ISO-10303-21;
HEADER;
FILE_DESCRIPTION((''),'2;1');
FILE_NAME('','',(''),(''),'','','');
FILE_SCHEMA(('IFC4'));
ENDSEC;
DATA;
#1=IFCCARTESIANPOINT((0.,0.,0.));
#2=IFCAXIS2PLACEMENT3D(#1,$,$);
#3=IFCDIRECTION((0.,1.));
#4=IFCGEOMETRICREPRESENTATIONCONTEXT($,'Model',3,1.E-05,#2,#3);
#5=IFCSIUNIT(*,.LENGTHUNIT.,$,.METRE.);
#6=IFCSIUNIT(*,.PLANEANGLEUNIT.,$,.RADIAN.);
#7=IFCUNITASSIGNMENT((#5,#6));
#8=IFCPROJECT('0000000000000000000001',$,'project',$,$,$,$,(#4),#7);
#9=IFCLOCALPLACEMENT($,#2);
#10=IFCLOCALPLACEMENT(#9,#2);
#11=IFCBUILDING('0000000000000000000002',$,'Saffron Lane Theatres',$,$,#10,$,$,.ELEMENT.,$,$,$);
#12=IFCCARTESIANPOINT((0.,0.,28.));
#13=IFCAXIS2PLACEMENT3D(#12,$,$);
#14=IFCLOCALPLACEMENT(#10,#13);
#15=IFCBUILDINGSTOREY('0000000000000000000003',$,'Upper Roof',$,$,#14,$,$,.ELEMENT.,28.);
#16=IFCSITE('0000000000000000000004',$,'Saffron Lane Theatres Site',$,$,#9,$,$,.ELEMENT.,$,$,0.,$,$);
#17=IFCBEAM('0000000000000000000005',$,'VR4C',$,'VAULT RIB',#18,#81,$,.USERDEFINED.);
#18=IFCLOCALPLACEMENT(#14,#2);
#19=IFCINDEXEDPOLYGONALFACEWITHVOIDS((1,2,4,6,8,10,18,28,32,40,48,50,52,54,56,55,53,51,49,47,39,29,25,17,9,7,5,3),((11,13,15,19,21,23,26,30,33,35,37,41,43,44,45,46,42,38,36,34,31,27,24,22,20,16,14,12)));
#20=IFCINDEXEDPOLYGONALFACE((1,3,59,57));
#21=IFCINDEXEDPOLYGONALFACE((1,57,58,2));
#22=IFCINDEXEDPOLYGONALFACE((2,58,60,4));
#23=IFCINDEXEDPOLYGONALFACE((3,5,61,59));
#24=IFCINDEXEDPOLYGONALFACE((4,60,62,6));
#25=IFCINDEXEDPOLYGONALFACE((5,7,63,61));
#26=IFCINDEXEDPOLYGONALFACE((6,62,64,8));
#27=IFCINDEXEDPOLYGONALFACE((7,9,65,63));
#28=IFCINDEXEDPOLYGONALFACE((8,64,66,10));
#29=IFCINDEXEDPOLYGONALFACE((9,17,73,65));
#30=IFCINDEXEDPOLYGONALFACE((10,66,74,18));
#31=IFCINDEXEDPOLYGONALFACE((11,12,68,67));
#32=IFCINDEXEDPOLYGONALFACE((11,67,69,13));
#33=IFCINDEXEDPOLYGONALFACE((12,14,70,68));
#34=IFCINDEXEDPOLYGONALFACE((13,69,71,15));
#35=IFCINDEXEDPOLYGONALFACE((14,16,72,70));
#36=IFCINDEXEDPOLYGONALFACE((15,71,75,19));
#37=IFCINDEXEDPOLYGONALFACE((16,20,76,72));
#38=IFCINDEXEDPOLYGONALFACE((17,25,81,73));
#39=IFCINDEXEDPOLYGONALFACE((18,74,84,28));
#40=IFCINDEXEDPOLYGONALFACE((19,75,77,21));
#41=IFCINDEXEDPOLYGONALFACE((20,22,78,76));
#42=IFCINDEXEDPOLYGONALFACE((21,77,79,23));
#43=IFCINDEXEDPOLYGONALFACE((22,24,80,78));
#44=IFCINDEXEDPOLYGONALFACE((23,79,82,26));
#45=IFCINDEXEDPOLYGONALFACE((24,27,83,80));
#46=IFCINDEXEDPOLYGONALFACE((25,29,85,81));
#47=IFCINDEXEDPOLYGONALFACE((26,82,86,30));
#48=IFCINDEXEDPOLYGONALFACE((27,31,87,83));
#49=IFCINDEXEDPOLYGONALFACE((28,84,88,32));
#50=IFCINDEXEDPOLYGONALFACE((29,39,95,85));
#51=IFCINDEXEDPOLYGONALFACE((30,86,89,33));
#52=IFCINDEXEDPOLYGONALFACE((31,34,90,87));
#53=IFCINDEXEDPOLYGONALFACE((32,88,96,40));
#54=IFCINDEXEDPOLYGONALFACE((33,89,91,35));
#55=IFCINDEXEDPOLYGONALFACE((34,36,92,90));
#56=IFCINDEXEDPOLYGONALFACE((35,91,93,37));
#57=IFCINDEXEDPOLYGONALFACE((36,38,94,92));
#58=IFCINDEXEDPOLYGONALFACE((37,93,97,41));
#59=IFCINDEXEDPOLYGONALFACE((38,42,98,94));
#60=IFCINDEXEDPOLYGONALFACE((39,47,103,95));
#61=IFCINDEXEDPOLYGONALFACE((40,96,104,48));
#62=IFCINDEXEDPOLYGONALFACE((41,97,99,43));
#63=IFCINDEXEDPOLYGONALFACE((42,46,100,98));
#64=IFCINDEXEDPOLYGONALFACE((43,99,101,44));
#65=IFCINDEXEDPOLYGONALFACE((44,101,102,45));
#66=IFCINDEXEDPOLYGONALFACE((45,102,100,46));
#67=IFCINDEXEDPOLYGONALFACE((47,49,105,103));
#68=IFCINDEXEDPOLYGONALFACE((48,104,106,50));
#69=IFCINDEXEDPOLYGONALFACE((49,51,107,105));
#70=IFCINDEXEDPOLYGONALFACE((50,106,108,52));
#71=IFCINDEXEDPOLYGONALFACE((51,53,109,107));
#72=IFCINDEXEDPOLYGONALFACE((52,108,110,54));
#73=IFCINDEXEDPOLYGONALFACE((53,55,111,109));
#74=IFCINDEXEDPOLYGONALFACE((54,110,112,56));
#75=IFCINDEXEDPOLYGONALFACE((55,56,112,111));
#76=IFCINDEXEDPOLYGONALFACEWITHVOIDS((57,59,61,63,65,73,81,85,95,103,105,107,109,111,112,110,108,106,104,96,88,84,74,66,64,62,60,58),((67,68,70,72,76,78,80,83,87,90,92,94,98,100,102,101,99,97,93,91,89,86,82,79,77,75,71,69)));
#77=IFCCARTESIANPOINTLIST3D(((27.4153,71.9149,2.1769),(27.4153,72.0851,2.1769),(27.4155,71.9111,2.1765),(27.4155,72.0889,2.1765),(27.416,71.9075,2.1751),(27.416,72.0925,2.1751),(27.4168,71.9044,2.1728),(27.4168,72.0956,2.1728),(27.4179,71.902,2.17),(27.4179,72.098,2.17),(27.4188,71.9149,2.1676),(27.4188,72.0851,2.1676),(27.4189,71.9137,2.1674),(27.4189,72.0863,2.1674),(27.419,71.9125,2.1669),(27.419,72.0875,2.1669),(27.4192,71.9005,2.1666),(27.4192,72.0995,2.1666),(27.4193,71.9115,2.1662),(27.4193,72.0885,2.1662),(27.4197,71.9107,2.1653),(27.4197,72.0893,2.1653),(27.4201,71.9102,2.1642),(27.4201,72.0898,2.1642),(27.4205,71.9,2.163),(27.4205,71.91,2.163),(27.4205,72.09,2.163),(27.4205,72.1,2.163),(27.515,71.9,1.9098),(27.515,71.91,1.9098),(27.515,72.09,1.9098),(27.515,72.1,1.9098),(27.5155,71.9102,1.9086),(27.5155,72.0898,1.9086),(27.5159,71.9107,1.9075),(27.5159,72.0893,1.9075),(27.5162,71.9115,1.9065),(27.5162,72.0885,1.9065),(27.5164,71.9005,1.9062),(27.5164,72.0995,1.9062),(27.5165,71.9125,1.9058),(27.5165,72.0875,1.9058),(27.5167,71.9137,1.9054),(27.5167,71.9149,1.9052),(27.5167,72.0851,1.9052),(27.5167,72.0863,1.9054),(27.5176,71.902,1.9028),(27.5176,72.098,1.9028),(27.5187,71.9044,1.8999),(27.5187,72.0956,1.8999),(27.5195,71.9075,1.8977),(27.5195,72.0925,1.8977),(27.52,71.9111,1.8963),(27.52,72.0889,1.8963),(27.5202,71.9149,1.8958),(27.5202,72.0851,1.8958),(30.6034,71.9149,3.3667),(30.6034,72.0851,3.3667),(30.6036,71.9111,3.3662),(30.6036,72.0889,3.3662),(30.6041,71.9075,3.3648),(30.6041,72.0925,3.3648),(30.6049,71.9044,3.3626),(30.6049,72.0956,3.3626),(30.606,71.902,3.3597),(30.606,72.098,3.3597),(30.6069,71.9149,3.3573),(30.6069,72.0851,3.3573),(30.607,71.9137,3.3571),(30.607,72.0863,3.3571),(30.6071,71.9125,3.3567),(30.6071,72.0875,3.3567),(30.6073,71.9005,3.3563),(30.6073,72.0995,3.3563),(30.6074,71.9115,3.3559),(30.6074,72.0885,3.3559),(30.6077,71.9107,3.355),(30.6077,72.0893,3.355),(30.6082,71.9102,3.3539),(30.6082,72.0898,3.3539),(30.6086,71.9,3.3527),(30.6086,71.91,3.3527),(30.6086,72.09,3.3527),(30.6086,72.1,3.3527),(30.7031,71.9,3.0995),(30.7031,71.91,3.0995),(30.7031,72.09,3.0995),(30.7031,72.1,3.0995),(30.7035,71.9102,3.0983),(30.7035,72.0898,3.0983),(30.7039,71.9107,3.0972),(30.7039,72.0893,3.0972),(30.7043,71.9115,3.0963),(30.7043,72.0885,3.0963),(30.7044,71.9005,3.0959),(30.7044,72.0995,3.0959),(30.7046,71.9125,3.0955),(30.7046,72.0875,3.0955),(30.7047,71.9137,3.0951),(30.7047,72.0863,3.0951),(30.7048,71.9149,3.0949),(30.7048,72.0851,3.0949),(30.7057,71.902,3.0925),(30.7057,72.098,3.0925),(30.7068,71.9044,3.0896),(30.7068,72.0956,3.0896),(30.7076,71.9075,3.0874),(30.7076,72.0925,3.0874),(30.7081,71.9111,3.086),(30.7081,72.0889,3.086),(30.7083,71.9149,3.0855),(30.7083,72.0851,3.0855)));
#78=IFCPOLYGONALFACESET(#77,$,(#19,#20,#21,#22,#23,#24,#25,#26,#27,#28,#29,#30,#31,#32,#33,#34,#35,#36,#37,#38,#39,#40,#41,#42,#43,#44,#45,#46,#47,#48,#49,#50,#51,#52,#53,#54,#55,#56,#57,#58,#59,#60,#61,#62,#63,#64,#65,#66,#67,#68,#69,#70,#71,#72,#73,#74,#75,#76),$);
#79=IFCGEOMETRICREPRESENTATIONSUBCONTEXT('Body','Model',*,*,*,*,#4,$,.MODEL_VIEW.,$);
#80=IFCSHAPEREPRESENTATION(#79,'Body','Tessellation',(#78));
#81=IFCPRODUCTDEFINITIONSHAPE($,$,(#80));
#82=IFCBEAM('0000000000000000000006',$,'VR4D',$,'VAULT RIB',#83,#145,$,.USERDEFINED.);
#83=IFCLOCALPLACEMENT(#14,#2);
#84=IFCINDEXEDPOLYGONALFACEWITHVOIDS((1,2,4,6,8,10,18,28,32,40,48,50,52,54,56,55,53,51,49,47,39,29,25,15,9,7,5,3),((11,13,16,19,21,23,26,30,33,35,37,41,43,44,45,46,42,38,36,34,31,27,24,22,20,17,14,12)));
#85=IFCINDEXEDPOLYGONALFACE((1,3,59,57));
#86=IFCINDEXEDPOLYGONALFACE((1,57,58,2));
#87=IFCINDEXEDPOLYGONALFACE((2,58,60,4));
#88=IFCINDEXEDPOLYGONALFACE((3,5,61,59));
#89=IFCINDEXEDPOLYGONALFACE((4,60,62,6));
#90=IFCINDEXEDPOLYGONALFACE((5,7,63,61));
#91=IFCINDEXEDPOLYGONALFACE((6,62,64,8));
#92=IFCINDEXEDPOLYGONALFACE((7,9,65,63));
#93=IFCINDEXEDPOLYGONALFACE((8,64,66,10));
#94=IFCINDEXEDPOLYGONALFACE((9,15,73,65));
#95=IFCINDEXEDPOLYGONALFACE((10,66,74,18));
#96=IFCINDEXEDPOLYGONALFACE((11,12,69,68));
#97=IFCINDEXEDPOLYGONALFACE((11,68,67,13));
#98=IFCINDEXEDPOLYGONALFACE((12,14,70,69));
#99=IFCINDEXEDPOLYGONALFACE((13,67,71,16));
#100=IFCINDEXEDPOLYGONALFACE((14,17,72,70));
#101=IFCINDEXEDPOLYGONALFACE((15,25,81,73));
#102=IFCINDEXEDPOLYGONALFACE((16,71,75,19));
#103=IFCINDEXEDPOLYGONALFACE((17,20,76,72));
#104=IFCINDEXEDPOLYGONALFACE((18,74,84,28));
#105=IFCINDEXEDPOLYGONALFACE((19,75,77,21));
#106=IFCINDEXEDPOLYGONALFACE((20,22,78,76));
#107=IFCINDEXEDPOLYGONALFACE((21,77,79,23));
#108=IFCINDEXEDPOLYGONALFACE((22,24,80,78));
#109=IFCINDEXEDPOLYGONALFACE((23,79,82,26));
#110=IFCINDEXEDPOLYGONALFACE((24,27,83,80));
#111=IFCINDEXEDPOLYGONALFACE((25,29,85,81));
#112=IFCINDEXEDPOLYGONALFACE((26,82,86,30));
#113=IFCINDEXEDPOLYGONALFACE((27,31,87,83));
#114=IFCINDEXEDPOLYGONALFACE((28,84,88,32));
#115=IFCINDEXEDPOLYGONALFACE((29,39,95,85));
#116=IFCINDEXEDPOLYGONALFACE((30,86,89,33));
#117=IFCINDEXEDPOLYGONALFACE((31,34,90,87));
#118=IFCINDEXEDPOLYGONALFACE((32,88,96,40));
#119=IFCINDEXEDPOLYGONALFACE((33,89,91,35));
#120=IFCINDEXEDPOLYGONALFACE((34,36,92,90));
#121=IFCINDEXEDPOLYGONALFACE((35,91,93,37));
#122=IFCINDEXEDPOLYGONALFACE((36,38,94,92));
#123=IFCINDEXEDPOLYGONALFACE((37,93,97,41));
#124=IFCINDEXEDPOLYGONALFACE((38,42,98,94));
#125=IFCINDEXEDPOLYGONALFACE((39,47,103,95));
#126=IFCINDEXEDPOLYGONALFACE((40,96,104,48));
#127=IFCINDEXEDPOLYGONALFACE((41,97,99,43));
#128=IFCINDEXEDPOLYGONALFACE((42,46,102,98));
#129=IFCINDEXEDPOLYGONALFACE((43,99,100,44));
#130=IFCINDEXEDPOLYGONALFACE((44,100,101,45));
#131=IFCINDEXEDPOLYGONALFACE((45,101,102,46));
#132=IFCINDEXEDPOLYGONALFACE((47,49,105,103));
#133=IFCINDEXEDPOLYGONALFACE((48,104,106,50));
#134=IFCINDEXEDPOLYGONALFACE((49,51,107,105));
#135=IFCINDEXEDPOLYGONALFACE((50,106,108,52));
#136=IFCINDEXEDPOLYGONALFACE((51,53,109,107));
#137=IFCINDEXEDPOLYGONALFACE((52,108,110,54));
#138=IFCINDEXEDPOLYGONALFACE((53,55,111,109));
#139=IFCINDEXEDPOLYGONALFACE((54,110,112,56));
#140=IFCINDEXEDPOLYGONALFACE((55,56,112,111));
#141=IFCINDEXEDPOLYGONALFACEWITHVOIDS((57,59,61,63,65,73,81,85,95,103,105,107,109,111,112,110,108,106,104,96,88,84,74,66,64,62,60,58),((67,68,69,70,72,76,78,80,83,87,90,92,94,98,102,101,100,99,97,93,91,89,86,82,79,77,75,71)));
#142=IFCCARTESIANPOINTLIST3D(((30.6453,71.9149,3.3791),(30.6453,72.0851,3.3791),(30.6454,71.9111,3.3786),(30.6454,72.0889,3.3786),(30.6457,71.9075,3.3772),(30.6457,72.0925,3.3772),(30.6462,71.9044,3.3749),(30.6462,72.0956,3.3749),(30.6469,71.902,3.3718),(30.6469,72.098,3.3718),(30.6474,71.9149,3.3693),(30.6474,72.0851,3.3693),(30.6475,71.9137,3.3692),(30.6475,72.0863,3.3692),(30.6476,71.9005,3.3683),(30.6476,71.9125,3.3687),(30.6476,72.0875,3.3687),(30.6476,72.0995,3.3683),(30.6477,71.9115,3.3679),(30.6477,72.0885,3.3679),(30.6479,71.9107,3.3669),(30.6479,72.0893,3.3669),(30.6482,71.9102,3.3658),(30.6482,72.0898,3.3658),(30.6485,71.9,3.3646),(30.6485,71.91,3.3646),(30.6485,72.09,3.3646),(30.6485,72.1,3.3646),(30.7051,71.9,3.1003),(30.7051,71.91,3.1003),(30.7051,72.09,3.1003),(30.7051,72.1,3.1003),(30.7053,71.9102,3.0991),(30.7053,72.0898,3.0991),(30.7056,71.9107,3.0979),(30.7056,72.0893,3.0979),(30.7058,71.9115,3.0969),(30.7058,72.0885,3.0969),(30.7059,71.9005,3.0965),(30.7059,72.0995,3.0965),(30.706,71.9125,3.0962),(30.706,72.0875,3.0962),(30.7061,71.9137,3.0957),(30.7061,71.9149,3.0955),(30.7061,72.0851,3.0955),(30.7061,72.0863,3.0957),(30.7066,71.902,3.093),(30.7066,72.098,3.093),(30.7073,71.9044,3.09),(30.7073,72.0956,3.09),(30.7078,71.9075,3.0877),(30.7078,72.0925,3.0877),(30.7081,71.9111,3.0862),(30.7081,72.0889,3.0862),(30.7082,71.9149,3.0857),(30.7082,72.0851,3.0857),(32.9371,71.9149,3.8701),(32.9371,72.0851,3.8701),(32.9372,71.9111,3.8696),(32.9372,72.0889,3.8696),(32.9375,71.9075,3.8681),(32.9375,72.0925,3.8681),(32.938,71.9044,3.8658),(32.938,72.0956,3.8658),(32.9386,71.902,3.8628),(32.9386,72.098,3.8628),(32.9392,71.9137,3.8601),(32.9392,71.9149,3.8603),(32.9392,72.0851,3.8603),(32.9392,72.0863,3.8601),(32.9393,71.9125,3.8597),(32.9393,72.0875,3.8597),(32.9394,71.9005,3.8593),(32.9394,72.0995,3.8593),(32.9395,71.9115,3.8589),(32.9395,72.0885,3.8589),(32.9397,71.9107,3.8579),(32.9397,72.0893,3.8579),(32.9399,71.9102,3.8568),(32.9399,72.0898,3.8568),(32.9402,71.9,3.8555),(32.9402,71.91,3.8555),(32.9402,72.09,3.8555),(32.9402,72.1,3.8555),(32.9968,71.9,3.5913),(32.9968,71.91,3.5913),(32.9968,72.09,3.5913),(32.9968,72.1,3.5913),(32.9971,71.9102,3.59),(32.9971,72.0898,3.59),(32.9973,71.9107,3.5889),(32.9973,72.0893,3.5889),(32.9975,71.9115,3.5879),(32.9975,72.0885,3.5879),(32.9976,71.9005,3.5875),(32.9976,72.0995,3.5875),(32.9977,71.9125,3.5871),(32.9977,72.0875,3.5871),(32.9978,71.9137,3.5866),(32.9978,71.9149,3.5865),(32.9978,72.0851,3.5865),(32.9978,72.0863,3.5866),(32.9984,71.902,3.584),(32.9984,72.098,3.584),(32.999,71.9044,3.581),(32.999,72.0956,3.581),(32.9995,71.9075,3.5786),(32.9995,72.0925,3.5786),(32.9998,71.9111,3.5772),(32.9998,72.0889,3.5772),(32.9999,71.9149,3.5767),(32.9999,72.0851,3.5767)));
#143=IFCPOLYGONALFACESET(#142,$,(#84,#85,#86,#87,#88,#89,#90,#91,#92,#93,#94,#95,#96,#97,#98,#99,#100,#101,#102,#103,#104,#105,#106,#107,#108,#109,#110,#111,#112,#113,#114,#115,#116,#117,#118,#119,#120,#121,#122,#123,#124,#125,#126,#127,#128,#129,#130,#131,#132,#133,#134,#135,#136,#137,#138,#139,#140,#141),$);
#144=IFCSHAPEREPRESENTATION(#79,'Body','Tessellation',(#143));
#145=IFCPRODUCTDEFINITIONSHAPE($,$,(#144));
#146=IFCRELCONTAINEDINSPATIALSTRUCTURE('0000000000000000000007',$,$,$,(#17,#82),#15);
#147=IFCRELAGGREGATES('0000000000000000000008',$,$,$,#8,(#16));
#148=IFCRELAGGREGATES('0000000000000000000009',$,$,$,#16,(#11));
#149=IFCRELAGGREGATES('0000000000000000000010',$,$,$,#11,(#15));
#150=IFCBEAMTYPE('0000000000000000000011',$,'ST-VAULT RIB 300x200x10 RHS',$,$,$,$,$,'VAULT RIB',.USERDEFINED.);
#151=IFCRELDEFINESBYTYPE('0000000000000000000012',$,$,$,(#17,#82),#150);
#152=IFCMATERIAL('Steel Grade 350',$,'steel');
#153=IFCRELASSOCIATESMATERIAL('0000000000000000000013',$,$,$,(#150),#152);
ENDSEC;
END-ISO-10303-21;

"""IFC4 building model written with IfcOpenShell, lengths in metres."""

from ifc_helpers import new_model, si_unit, direction, frame, origin, origin_2d, place, context, subcontext, project, spatial, hollow_rectangle, extrude, material, material_profile, profile_set, type_object, element, save


model = new_model("IFC4")

# Units and contexts
model_context = context("Model", 3, precision=1e-05, world=origin(), true_north=direction((0.0, 1.0)))
body_context = subcontext(model_context, "Body", "Model", "MODEL_VIEW")
ifc_project = project(units=[si_unit("LENGTHUNIT", "METRE"), si_unit("PLANEANGLEUNIT", "RADIAN")], contexts=[model_context])

# Site, building, storey
site_placement = place(None, origin())
site = spatial("IfcSite", under=ifc_project, at=site_placement, Name="Saffron Lane Theatres Site", CompositionType="ELEMENT", RefElevation=0.0)
building_placement = place(site_placement, origin())
building = spatial("IfcBuilding", under=site, at=building_placement, Name="Saffron Lane Theatres", CompositionType="ELEMENT")
storey_placement = place(building_placement, frame((0.0, 0.0, 28.0)))
storey = spatial("IfcBuildingStorey", under=building, at=storey_placement, Name="Upper Roof", CompositionType="ELEMENT", Elevation=28.0)

# Beams
ifc_material_1 = material(Name="Steel Grade 350", Category="steel")
ifc_material_profile_1 = material_profile(ifc_material_1, hollow_rectangle(XDim=0.2, YDim=0.3, WallThickness=0.01, InnerFilletRadius=0.0049, OuterFilletRadius=0.0149, at=origin_2d()))
ifc_profile_set_1 = profile_set([ifc_material_profile_1], Name="Steel Grade 350")
beam_type = type_object("IfcBeamType", Name="ST-VAULT RIB 300x200x10 RHS", ElementType="VAULT RIB", PredefinedType="USERDEFINED", material=ifc_profile_set_1)
beam_1_placement = place(storey_placement, frame((27.4678, 72.0, 2.0364), z_axis=(0.936888, 0.0, 0.349629), x_axis=(0.0, 1.0, 0.0)))
element("IfcBeam", 1, at=beam_1_placement, inside=storey, type_object=beam_type, Name="VR4C", ObjectType="VAULT RIB", PredefinedType="USERDEFINED", context=body_context, shape_type="SweptSolid", body=[
    extrude(hollow_rectangle(XDim=0.2, YDim=0.3, WallThickness=0.01, InnerFilletRadius=0.0049, OuterFilletRadius=0.0149, at=origin_2d()), origin(), (0.0, 0.0, 1.0), 3.4028),
])
for number, where, z_axis, x_axis, name in (
    (2, (30.6768, 72.0, 3.2324), (0.977813, 0.0, 0.209479), (0.0, 1.0, 0.0), "VR4D"),
):
    element("IfcBeam", number, at=place(storey_placement, frame(where, z_axis=z_axis, x_axis=x_axis)), inside=storey, type_object=beam_type, Name=name, ObjectType="VAULT RIB", PredefinedType="USERDEFINED", context=body_context, shape_type="SweptSolid", body=[
        extrude(hollow_rectangle(XDim=0.2, YDim=0.3, WallThickness=0.01, InnerFilletRadius=0.0049, OuterFilletRadius=0.0149, at=origin_2d()), origin(), (0.0, 0.0, 1.0), 2.3438),
    ])

save(model, "model.ifc")
